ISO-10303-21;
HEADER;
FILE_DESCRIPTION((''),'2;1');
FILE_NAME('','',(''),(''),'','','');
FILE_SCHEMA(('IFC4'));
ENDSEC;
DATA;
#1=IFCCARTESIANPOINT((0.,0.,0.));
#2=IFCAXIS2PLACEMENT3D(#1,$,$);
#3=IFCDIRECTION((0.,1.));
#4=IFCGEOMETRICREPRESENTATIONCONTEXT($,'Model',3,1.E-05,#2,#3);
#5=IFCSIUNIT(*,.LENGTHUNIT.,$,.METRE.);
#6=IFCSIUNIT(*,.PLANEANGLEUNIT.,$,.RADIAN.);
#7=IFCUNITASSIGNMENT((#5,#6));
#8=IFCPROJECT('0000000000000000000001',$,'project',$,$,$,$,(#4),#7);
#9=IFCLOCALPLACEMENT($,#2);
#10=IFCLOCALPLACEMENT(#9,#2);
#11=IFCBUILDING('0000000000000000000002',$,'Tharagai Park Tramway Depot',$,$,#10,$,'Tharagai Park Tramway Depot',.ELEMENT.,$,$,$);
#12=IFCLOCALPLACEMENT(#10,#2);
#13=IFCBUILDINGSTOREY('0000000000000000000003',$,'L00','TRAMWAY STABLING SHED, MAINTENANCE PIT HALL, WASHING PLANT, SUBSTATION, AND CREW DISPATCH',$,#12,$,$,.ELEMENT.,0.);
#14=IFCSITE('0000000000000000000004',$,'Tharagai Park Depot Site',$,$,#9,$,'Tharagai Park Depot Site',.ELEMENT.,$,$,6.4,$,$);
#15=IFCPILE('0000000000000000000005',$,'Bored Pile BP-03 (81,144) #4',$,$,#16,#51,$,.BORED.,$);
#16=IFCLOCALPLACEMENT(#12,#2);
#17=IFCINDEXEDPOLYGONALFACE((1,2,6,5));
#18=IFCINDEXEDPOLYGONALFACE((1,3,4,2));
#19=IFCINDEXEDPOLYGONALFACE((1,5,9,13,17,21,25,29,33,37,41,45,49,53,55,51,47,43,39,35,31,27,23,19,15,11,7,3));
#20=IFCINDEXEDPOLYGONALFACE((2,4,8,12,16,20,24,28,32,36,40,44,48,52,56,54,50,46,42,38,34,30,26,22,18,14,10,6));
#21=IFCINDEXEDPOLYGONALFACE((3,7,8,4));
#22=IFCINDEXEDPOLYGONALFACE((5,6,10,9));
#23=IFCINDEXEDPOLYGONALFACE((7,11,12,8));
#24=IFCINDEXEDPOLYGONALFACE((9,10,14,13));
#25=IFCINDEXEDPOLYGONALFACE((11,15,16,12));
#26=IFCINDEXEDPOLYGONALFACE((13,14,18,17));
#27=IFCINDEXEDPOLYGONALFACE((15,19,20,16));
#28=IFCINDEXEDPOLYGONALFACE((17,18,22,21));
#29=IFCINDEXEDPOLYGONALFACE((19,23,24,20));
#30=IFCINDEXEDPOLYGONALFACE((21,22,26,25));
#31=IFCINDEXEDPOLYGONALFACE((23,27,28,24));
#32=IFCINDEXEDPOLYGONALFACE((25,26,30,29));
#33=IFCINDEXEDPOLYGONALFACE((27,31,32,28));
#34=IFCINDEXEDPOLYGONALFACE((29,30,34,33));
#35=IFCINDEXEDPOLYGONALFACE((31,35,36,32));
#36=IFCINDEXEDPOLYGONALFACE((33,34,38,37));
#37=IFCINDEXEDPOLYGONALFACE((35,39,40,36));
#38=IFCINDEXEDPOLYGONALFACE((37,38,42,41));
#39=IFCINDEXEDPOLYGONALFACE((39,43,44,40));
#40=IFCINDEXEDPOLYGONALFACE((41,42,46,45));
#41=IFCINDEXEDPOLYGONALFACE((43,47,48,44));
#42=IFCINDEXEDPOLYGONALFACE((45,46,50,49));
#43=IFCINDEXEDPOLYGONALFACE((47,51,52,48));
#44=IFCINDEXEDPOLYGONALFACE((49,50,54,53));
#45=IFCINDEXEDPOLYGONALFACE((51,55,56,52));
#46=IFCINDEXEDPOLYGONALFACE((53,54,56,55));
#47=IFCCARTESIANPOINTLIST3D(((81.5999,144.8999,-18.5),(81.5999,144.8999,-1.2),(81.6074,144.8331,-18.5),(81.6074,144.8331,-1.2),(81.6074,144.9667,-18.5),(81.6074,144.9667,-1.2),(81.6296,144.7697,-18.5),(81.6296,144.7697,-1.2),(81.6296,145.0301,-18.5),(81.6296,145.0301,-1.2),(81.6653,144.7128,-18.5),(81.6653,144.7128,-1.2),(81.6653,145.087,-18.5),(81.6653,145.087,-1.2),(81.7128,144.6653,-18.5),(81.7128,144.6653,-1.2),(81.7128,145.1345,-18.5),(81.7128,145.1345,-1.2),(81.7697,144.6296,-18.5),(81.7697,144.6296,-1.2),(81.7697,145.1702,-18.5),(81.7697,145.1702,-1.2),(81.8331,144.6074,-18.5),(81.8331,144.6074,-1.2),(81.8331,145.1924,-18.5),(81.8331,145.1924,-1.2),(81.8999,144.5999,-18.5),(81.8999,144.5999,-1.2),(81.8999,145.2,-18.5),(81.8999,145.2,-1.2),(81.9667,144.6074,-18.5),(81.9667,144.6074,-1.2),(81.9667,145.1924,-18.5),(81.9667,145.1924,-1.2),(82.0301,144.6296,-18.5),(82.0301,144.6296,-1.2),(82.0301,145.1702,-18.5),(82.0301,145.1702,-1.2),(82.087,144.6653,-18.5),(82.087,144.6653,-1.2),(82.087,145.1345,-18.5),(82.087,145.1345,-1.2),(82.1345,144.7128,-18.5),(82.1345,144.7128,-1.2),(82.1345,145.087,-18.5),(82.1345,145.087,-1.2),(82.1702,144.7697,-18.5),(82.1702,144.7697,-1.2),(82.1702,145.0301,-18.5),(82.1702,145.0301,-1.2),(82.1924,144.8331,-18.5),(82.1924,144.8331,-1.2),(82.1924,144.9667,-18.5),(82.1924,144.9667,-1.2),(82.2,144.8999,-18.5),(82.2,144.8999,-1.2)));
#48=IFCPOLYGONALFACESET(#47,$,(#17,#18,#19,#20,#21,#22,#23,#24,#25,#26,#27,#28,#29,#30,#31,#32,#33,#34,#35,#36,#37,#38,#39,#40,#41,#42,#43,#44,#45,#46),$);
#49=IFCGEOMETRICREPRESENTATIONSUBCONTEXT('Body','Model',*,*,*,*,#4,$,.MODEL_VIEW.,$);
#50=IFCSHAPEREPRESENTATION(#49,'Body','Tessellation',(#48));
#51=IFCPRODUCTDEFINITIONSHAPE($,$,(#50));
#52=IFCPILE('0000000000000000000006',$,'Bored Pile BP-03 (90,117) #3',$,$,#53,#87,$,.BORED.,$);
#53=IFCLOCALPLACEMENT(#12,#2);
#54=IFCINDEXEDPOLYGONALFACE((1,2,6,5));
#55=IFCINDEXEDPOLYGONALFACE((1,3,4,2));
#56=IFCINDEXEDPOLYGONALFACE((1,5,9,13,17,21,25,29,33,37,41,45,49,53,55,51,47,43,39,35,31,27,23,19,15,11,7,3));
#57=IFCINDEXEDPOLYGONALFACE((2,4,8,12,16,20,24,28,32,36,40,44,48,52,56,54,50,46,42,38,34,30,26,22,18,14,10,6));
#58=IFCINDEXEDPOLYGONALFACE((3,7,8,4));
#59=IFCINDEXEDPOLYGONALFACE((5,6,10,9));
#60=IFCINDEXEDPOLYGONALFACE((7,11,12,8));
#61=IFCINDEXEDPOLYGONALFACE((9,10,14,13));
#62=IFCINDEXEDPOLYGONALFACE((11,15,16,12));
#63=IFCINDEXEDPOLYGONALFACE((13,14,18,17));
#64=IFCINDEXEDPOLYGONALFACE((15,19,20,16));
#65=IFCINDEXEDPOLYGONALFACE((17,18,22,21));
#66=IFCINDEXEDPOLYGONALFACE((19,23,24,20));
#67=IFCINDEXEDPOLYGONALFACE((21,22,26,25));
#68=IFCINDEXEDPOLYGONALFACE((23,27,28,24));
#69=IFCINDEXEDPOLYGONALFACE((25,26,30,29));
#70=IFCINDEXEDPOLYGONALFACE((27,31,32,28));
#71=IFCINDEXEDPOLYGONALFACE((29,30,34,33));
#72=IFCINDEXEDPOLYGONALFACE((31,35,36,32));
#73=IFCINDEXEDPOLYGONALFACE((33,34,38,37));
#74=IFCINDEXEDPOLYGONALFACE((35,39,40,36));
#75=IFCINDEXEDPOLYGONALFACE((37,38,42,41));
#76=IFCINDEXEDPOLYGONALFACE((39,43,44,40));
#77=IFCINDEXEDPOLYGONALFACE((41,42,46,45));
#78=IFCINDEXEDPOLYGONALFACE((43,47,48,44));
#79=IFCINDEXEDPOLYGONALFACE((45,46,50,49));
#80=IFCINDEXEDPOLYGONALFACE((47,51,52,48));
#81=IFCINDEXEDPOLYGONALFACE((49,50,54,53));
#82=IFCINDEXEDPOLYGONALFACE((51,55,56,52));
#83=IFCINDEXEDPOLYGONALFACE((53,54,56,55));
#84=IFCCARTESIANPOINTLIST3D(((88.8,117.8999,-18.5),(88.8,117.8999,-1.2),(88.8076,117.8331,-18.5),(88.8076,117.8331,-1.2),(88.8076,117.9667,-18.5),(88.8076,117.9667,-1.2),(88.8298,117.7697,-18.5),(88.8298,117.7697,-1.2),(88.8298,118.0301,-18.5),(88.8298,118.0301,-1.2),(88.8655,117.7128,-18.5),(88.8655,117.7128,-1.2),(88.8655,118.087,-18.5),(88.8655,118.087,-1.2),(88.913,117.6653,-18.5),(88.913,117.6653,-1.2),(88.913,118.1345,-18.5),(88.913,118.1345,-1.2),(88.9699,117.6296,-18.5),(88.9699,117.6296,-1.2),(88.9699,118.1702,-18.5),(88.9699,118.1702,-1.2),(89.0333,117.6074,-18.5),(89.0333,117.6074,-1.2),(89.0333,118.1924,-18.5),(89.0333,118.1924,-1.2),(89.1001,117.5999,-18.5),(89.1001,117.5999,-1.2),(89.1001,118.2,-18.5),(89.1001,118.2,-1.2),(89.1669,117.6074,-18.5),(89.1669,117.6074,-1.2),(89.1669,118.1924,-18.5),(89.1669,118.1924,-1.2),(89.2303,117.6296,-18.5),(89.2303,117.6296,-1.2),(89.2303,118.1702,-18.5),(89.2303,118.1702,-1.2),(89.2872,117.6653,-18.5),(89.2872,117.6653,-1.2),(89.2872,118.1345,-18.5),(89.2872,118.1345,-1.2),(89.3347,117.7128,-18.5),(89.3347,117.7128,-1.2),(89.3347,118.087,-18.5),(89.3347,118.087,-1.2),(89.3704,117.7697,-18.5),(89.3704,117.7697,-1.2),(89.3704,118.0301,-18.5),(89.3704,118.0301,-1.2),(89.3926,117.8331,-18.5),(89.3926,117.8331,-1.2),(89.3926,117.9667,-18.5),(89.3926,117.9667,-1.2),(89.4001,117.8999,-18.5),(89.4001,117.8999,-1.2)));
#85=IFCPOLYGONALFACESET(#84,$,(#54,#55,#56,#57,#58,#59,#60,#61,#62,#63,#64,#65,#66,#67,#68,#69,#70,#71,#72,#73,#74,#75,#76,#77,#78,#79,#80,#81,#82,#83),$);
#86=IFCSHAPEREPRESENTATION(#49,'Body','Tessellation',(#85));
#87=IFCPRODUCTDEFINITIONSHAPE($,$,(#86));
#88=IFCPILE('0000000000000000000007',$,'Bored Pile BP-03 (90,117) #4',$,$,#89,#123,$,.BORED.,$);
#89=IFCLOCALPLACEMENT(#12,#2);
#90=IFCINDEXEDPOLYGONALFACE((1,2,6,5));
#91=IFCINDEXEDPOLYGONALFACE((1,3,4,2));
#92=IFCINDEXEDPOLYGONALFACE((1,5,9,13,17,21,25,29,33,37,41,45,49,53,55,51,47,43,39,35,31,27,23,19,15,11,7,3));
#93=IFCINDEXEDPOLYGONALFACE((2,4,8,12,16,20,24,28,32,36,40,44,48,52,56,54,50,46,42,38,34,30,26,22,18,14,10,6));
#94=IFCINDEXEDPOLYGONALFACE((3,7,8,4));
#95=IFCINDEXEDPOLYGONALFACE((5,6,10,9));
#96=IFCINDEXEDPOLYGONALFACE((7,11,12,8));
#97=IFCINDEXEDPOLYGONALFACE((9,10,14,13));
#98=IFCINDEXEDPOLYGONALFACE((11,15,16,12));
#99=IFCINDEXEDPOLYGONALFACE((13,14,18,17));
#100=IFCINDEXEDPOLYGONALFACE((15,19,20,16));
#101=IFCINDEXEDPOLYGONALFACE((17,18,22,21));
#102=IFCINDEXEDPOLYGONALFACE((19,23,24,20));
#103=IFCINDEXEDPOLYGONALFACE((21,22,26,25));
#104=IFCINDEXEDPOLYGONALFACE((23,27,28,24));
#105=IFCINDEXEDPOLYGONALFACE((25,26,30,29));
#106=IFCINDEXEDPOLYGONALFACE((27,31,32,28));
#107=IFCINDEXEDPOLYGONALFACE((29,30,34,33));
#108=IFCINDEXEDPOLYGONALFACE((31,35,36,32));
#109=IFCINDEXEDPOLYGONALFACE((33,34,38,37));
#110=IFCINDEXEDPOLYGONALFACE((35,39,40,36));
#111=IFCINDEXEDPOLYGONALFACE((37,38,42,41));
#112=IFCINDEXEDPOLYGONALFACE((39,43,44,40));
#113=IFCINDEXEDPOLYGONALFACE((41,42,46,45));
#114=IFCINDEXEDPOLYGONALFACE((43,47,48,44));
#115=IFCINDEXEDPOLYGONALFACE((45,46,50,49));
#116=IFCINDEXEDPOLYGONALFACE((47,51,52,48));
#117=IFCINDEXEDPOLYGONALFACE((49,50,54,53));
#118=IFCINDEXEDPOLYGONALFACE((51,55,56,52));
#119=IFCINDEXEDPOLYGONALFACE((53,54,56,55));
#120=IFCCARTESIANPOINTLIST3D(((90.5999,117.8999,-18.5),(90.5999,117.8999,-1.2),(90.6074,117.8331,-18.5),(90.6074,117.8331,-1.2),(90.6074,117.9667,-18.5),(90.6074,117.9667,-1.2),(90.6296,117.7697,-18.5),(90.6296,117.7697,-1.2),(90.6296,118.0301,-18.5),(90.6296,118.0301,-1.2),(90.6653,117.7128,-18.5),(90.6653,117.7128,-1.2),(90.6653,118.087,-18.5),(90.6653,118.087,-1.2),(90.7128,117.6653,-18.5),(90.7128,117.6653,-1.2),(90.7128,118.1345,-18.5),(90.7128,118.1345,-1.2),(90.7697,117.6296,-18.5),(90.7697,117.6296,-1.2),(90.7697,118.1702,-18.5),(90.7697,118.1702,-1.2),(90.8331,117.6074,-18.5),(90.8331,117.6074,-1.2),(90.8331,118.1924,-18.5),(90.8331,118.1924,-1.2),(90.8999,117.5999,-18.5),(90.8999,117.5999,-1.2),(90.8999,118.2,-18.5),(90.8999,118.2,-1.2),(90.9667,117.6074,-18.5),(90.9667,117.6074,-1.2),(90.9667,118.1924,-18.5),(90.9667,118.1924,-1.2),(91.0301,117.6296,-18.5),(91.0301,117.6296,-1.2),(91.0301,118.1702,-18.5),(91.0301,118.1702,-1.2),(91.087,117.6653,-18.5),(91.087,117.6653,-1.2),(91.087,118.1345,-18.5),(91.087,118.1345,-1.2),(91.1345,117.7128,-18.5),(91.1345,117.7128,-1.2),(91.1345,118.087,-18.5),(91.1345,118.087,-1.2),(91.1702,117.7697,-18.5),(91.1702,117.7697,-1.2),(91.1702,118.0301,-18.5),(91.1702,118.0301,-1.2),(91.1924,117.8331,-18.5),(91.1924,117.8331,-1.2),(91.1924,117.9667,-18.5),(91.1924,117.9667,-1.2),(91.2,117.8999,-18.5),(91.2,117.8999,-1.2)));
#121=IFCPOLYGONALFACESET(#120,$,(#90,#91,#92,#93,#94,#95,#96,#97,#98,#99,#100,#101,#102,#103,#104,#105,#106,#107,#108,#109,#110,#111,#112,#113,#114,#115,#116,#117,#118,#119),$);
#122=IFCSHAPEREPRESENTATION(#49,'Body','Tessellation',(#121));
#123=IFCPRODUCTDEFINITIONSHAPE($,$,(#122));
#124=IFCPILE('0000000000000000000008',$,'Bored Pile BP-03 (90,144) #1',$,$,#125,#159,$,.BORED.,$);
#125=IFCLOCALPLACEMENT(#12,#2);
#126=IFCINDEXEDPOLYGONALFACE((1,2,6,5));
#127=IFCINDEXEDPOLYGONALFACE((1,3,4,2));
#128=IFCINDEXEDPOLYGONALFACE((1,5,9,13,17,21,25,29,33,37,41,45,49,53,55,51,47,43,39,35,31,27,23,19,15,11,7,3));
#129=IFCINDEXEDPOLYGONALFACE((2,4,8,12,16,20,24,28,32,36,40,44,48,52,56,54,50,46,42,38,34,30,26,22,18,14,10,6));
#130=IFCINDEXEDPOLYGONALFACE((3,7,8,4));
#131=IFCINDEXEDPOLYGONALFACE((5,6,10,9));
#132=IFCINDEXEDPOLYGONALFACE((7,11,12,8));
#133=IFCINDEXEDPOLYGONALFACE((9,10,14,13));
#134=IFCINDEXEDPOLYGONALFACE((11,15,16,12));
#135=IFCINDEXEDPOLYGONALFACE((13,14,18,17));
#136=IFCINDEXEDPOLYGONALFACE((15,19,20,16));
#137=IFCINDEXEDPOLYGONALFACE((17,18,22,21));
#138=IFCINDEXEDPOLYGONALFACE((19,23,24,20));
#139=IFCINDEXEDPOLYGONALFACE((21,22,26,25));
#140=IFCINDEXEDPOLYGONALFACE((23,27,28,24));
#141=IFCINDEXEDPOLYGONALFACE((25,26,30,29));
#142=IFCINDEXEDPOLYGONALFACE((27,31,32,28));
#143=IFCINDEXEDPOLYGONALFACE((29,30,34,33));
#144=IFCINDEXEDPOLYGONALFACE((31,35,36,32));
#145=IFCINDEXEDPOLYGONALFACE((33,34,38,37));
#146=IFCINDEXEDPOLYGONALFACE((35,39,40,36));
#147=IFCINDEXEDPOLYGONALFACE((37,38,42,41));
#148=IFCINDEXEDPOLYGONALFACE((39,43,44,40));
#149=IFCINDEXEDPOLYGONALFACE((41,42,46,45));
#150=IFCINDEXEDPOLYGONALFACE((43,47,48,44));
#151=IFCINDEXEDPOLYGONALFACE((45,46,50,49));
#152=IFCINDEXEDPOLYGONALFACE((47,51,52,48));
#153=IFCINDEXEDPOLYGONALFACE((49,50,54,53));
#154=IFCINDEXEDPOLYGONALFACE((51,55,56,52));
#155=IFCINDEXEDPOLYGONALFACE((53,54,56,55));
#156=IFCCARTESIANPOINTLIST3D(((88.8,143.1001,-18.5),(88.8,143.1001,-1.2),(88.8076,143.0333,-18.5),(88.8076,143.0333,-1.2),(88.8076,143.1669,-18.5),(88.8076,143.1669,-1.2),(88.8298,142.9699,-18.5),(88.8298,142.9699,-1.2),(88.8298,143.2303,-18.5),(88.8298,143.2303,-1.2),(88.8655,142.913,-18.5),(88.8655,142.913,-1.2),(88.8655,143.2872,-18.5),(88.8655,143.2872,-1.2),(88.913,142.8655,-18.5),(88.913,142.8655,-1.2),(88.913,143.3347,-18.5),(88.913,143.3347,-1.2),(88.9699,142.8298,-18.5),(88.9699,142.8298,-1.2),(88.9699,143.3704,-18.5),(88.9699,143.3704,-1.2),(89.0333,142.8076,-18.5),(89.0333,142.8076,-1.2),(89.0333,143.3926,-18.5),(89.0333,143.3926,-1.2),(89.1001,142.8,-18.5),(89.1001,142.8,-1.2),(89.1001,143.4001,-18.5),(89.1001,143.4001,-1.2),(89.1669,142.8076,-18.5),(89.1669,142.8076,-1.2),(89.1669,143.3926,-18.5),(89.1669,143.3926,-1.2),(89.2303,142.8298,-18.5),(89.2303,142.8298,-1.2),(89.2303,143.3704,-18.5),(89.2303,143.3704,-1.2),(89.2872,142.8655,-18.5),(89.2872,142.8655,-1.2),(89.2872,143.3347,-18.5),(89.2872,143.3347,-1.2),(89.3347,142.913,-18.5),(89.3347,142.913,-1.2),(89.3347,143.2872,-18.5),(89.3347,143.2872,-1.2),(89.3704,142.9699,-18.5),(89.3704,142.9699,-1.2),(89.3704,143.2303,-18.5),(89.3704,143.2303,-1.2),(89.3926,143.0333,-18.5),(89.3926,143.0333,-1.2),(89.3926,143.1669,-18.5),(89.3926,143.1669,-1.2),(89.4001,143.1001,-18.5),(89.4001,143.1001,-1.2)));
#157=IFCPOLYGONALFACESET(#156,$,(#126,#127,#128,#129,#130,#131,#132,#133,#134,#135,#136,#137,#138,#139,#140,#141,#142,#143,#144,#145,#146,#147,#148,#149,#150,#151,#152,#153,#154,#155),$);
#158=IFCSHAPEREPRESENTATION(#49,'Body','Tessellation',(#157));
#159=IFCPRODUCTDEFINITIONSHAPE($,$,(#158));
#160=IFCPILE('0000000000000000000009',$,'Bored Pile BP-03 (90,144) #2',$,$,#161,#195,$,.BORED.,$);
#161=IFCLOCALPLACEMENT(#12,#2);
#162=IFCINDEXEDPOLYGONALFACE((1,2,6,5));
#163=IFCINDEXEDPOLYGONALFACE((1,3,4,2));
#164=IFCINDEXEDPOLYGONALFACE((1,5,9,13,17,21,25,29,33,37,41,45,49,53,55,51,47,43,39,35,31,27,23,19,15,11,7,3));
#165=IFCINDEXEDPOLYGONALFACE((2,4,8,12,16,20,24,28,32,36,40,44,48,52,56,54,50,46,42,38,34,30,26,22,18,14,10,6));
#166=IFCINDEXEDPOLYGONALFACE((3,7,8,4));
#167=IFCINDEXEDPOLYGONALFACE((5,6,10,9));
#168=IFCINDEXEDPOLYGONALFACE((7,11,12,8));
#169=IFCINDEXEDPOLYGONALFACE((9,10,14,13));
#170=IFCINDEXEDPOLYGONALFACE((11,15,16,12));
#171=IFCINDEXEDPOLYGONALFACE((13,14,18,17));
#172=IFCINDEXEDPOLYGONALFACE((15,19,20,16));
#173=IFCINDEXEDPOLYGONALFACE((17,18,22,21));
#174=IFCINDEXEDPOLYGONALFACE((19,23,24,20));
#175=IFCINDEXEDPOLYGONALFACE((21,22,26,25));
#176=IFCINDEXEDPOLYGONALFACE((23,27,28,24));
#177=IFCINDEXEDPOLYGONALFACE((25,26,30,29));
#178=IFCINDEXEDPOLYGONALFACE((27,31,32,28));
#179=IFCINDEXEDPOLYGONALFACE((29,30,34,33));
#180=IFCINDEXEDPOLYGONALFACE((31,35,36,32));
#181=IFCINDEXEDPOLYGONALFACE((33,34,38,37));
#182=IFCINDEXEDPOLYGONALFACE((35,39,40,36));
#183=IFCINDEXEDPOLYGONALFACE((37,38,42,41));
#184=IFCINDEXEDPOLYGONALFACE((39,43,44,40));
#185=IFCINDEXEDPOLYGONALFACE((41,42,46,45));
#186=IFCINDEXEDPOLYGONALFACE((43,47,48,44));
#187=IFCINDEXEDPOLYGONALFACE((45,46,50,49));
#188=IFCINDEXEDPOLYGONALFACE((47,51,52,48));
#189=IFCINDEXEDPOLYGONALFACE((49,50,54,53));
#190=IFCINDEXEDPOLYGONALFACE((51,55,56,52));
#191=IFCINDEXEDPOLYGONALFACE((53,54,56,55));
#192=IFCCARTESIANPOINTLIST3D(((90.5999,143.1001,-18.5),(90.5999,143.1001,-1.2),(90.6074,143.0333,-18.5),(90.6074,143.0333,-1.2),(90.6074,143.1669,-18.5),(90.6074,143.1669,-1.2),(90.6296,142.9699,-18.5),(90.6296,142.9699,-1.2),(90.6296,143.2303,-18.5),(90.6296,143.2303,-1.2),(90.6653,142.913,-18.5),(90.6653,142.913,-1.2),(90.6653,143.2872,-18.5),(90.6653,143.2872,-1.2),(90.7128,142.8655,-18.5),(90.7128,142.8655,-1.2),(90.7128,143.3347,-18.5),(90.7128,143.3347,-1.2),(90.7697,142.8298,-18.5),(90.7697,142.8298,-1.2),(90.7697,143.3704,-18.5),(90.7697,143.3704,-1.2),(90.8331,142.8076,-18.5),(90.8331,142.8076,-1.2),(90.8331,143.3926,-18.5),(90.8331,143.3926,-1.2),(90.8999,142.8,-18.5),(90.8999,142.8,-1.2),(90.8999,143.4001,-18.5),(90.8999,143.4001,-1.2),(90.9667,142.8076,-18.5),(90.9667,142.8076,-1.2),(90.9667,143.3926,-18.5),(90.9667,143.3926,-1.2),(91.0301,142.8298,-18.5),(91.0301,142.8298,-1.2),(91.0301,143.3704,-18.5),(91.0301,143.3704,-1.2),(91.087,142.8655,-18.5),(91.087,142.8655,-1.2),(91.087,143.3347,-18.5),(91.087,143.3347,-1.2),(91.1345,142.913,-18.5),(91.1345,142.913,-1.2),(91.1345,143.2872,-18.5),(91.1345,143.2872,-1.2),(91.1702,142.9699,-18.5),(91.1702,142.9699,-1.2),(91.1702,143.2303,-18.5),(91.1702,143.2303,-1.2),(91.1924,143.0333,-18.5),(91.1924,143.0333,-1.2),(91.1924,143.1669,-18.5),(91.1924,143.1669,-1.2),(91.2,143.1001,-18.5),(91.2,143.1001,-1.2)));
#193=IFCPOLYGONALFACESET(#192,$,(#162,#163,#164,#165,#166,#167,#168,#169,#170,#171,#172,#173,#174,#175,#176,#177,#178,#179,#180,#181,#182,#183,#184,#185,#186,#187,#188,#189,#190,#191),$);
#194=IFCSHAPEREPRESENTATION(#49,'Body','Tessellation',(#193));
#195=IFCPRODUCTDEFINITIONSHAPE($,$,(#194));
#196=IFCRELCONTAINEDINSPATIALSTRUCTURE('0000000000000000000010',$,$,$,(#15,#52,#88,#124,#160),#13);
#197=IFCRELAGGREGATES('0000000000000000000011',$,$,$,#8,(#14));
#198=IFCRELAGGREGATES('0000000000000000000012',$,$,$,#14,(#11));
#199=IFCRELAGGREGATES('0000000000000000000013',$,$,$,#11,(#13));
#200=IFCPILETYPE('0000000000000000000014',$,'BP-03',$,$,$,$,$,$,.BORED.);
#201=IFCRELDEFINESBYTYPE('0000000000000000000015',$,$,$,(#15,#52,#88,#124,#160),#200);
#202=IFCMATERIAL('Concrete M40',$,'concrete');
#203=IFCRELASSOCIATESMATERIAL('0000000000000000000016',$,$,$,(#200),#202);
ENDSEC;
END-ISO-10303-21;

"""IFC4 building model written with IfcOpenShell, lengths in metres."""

from ifc_helpers import new_model, si_unit, direction, frame, origin, origin_2d, place, context, subcontext, project, spatial, circle, extrude, material, material_profile, profile_set, type_object, element, save


model = new_model("IFC4")

# Units and contexts
model_context = context("Model", 3, precision=1e-05, world=origin(), true_north=direction((0.0, 1.0)))
body_context = subcontext(model_context, "Body", "Model", "MODEL_VIEW")
ifc_project = project(units=[si_unit("LENGTHUNIT", "METRE"), si_unit("PLANEANGLEUNIT", "RADIAN")], contexts=[model_context])

# Site, building, storey
site_placement = place(None, origin())
site = spatial("IfcSite", under=ifc_project, at=site_placement, Name="Tharagai Park Depot Site", LongName="Tharagai Park Depot Site", CompositionType="ELEMENT", RefElevation=6.4)
building_placement = place(site_placement, origin())
building = spatial("IfcBuilding", under=site, at=building_placement, Name="Tharagai Park Tramway Depot", LongName="Tharagai Park Tramway Depot", CompositionType="ELEMENT")
storey_placement = place(building_placement, origin())
storey = spatial("IfcBuildingStorey", under=building, at=storey_placement, Name="L00", Description="TRAMWAY STABLING SHED, MAINTENANCE PIT HALL, WASHING PLANT, SUBSTATION, AND CREW DISPATCH", CompositionType="ELEMENT", Elevation=0.0)

# Piles
ifc_material_1 = material(Name="Concrete M40", Category="concrete")
ifc_material_profile_1 = material_profile(ifc_material_1, circle(Radius=0.3, at=origin_2d()), Name="PILE D600")
ifc_profile_set_1 = profile_set([ifc_material_profile_1], Name="Concrete M40")
pile_type = type_object("IfcPileType", Name="BP-03", PredefinedType="BORED", material=ifc_profile_set_1)
for number, where, z_axis, x_axis, name in (
    (1, (81.8999, 144.8999, -1.2), (0.0, 0.0, -1.0), (1.0, 0.0, 0.0), "Bored Pile BP-03 (81,144) #4"),
    (2, (89.1001, 117.8999, -1.2), (0.0, 0.0, -1.0), (1.0, 0.0, 0.0), "Bored Pile BP-03 (90,117) #3"),
    (3, (90.8999, 117.8999, -1.2), (0.0, 0.0, -1.0), (1.0, 0.0, 0.0), "Bored Pile BP-03 (90,117) #4"),
    (4, (89.1001, 143.1001, -1.2), (0.0, 0.0, -1.0), (1.0, 0.0, 0.0), "Bored Pile BP-03 (90,144) #1"),
    (5, (90.8999, 143.1001, -1.2), (0.0, 0.0, -1.0), (1.0, 0.0, 0.0), "Bored Pile BP-03 (90,144) #2"),
):
    element("IfcPile", number, at=place(storey_placement, frame(where, z_axis=z_axis, x_axis=x_axis)), inside=storey, type_object=pile_type, Name=name, PredefinedType="BORED", context=body_context, shape_type="SweptSolid", body=[
        extrude(circle(Radius=0.3, at=origin_2d()), origin(), (0.0, 0.0, 1.0), 17.3),
    ])

save(model, "model.ifc")
